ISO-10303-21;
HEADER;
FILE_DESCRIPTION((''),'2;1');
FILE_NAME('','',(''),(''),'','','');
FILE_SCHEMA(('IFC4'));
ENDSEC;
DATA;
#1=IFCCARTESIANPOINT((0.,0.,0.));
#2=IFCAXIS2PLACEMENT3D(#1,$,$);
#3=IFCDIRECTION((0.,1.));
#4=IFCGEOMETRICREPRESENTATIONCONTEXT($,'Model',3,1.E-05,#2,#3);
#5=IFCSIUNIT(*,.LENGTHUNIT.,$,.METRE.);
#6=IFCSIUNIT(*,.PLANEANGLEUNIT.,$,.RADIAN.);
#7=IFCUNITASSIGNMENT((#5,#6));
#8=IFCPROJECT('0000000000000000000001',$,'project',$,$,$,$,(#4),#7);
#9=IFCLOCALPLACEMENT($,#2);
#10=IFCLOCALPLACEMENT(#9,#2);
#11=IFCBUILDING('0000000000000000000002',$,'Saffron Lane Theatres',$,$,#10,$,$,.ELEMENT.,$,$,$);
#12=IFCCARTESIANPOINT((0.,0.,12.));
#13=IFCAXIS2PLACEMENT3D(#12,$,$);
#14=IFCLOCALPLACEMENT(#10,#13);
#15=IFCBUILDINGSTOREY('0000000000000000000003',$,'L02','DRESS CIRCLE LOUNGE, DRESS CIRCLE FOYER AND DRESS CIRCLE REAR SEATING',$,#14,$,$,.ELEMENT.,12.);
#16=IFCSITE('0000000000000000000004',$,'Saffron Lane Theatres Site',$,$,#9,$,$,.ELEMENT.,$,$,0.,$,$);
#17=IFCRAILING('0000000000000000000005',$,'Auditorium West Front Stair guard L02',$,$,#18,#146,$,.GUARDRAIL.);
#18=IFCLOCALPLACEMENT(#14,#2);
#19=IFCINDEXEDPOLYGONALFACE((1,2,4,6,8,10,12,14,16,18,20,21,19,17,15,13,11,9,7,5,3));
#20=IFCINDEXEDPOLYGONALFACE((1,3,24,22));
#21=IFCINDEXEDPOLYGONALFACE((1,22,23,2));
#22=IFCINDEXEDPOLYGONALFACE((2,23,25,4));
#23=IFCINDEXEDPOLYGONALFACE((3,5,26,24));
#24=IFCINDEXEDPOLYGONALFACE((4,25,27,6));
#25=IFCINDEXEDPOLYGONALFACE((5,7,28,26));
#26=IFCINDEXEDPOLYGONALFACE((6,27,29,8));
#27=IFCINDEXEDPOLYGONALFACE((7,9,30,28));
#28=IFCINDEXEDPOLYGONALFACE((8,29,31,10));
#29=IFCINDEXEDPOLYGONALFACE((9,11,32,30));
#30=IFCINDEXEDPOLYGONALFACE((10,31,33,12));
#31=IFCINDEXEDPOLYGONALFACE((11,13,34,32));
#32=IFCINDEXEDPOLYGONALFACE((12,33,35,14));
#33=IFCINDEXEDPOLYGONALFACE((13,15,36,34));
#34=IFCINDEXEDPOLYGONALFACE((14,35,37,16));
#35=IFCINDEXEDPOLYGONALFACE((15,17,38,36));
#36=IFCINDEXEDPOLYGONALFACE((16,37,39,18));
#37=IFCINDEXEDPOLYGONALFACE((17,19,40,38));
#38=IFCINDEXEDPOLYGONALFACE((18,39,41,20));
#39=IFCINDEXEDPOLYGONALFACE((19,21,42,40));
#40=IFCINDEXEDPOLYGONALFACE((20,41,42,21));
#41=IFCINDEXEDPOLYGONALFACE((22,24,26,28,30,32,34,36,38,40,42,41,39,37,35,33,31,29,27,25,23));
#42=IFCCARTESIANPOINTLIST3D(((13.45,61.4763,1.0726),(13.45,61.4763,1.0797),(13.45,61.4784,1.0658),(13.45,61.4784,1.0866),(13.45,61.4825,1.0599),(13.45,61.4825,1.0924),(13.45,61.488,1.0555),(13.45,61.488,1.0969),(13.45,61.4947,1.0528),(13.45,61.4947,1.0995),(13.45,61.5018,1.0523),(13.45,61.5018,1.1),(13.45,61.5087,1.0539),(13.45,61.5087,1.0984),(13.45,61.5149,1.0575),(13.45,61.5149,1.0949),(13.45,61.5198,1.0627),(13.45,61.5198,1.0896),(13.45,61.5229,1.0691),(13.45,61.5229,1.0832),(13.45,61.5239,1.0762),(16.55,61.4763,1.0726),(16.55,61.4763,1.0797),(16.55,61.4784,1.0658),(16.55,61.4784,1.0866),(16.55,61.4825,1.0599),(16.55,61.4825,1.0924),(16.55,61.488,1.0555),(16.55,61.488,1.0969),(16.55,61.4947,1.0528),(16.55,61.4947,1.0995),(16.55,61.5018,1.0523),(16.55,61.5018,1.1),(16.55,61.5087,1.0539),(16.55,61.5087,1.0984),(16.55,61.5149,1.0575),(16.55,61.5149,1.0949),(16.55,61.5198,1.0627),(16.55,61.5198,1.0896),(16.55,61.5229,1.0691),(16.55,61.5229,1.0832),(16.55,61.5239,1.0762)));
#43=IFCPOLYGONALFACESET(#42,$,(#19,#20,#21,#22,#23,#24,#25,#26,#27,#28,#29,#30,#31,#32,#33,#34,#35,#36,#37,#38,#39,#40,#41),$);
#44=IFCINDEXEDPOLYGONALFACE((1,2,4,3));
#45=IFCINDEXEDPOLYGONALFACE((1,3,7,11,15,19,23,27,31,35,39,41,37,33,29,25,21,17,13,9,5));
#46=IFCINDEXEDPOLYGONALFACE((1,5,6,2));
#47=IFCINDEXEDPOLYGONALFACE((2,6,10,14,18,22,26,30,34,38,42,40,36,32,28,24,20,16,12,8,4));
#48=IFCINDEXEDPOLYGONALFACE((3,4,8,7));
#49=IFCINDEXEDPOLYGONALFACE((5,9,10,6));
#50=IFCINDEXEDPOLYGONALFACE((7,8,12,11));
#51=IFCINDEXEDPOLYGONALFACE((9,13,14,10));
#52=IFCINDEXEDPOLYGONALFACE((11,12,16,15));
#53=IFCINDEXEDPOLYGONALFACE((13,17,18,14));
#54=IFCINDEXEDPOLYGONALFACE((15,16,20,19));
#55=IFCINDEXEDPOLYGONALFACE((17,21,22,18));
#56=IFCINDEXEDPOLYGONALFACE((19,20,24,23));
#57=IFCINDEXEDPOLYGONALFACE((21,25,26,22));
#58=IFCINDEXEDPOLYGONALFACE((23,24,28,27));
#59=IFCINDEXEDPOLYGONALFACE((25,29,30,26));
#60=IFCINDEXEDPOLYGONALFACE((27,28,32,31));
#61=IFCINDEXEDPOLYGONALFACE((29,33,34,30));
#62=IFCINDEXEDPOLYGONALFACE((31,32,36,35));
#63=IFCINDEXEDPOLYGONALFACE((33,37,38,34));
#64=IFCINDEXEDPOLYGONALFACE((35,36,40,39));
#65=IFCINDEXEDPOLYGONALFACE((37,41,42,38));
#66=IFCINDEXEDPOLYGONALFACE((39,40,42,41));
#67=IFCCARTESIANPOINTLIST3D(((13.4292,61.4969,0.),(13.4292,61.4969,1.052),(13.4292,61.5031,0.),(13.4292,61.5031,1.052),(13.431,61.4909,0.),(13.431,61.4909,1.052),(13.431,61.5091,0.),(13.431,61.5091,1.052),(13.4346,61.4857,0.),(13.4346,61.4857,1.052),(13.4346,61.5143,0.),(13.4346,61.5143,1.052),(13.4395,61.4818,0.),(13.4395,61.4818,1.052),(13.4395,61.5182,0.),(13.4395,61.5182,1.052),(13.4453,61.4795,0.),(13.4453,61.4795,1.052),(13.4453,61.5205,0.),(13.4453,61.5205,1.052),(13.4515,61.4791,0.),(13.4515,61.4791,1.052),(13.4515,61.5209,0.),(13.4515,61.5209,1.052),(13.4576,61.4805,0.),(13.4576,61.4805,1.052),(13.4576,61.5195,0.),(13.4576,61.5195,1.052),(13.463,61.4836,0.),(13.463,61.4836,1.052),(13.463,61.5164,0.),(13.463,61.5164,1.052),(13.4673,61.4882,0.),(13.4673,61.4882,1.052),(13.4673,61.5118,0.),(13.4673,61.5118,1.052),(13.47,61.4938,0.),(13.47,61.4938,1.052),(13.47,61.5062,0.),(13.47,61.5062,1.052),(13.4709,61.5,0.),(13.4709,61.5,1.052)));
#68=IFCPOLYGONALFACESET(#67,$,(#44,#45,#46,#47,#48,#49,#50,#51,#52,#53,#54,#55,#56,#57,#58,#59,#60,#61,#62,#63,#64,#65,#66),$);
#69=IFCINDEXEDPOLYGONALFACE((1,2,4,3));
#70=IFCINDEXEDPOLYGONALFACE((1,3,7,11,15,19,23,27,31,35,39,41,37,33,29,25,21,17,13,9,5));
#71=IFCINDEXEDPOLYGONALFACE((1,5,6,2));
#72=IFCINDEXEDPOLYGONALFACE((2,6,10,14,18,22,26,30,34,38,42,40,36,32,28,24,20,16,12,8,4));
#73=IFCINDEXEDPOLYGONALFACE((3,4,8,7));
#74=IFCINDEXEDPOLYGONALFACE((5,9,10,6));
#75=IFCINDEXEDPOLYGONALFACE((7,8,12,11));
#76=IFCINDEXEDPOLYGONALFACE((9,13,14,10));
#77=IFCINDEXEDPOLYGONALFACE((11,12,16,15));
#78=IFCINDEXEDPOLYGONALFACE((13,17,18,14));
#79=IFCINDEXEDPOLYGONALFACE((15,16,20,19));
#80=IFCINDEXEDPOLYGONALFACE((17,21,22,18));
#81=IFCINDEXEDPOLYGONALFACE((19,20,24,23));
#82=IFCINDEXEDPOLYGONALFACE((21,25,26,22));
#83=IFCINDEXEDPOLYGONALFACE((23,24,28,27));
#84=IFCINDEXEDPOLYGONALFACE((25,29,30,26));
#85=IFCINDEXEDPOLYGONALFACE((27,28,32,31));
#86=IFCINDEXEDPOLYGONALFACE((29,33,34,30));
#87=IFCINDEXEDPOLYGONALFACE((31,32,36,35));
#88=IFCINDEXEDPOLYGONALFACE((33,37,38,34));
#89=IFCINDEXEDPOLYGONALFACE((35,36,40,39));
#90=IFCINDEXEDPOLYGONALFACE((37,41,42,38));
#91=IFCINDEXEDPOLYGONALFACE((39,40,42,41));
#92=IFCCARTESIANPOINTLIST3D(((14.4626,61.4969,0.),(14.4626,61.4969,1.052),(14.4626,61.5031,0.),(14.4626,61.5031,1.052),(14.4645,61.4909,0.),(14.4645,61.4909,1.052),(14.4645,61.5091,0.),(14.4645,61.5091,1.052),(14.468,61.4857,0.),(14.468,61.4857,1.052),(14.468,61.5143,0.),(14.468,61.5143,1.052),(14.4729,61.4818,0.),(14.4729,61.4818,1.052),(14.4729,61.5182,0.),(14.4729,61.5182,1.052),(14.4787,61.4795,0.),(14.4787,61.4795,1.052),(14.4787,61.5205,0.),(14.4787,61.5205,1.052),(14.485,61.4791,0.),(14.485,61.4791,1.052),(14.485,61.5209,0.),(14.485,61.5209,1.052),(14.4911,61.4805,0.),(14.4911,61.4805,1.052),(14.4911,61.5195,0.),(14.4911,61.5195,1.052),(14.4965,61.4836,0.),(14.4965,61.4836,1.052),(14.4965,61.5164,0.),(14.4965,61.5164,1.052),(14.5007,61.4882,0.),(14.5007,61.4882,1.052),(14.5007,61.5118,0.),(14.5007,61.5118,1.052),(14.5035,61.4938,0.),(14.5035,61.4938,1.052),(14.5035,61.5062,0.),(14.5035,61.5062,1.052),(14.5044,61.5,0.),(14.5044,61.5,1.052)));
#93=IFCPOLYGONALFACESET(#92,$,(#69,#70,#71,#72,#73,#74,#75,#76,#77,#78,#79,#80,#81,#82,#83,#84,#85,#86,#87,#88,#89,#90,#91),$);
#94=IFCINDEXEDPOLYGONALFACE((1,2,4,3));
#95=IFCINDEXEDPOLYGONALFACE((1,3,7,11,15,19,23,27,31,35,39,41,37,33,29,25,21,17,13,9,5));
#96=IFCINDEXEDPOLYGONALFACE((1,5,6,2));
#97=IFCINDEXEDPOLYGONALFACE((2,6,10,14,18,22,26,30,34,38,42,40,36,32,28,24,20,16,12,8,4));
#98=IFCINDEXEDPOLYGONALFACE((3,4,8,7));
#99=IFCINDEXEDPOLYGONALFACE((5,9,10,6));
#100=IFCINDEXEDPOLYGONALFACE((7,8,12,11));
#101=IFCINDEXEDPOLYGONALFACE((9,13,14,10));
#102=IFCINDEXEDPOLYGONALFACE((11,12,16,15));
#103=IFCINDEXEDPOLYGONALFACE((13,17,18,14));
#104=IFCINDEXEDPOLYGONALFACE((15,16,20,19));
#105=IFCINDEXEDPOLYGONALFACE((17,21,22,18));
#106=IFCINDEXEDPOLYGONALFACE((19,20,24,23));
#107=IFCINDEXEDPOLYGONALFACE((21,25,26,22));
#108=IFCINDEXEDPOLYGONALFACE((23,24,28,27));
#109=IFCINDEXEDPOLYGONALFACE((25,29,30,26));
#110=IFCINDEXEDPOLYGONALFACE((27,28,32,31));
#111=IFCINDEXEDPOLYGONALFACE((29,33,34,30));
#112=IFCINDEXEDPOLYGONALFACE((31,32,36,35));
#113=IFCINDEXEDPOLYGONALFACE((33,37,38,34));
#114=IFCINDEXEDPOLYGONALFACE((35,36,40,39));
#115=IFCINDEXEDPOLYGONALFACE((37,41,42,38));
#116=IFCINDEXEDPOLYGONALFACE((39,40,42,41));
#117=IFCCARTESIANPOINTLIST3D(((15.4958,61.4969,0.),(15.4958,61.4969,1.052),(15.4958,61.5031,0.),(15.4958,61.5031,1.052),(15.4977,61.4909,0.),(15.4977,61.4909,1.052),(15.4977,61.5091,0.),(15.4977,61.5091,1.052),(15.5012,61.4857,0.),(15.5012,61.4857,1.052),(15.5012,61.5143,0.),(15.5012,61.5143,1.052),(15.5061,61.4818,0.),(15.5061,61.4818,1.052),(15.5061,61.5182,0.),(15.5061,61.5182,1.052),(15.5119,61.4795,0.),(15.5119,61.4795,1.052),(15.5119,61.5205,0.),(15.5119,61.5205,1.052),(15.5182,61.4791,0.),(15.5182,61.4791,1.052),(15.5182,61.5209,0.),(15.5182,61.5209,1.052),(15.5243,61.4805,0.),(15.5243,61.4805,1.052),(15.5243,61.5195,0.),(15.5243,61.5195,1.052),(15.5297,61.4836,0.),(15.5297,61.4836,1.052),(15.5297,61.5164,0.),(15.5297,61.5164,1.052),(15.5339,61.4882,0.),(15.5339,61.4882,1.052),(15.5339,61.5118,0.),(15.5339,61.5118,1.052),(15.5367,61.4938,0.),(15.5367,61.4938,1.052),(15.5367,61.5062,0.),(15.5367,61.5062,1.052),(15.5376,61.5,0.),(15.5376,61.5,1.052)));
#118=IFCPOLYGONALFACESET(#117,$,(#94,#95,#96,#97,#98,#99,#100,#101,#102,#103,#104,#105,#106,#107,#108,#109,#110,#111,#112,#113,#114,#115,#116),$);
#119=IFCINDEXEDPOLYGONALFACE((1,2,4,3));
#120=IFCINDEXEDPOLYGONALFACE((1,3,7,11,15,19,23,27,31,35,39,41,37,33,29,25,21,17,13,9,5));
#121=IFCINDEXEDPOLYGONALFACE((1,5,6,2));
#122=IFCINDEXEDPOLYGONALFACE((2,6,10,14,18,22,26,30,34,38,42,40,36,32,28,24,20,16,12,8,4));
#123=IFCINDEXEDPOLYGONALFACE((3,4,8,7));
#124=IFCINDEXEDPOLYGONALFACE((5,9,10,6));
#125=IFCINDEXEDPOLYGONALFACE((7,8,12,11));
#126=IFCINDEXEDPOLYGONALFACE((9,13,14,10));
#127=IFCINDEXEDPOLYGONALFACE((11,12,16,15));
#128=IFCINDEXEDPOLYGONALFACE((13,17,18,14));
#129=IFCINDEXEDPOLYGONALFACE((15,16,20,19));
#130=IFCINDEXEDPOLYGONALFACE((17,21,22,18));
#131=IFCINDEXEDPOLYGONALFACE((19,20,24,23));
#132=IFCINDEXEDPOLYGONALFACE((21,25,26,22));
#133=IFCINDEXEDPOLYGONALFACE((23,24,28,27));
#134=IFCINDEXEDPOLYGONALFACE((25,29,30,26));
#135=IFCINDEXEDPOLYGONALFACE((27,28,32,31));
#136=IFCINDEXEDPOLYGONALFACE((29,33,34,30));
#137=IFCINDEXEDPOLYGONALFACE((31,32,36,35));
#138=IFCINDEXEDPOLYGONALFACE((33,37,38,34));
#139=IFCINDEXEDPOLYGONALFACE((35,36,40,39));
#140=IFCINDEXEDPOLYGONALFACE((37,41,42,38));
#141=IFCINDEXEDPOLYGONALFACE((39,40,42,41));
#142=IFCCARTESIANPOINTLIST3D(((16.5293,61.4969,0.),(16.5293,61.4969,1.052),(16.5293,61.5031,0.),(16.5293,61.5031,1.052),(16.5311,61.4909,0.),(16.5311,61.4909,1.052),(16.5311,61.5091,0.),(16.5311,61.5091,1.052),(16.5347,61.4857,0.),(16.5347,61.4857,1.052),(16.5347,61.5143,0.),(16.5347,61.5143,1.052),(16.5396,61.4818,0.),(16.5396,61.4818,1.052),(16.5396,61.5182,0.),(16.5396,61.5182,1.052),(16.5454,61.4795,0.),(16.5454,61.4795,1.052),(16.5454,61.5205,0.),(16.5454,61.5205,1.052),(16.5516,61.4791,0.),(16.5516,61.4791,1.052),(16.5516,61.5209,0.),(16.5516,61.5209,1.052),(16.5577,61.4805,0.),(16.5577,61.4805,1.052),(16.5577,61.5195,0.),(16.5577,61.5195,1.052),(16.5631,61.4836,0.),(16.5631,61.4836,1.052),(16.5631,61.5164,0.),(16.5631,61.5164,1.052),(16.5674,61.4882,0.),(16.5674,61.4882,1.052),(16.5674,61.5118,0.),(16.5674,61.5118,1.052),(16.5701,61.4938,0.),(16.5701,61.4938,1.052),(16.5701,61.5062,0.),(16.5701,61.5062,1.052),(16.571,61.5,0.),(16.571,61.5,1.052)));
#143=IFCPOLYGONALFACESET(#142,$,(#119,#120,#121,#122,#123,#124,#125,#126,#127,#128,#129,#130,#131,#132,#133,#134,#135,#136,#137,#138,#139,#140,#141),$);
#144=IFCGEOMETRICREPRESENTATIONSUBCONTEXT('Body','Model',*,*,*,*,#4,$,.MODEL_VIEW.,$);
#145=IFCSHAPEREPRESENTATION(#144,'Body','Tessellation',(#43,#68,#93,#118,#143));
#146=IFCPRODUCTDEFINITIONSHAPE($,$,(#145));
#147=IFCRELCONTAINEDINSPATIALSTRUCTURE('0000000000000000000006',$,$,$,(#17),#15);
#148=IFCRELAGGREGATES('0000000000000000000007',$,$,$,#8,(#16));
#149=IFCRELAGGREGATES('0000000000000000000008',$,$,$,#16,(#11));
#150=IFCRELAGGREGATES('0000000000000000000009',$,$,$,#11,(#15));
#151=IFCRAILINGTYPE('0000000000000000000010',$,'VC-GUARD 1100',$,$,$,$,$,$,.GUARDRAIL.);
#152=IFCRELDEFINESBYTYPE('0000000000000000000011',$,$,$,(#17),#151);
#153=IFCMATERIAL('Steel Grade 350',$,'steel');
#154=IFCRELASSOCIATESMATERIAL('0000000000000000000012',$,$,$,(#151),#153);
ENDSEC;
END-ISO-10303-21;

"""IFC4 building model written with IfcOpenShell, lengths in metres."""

from ifc_helpers import new_model, si_unit, direction, frame, origin, origin_2d, place, context, subcontext, project, spatial, circle, extrude, material, type_object, element, save


model = new_model("IFC4")

# Units and contexts
model_context = context("Model", 3, precision=1e-05, world=origin(), true_north=direction((0.0, 1.0)))
body_context = subcontext(model_context, "Body", "Model", "MODEL_VIEW")
ifc_project = project(units=[si_unit("LENGTHUNIT", "METRE"), si_unit("PLANEANGLEUNIT", "RADIAN")], contexts=[model_context])

# Site, building, storey
site_placement = place(None, origin())
site = spatial("IfcSite", under=ifc_project, at=site_placement, Name="Saffron Lane Theatres Site", CompositionType="ELEMENT", RefElevation=0.0)
building_placement = place(site_placement, origin())
building = spatial("IfcBuilding", under=site, at=building_placement, Name="Saffron Lane Theatres", CompositionType="ELEMENT")
storey_placement = place(building_placement, frame((0.0, 0.0, 12.0)))
storey = spatial("IfcBuildingStorey", under=building, at=storey_placement, Name="L02", Description="DRESS CIRCLE LOUNGE, DRESS CIRCLE FOYER AND DRESS CIRCLE REAR SEATING", CompositionType="ELEMENT", Elevation=12.0)

# Railing
ifc_material_1 = material(Name="Steel Grade 350", Category="steel")
railing_type_1 = type_object("IfcRailingType", Name="VC-GUARD 1100", PredefinedType="GUARDRAIL", material=ifc_material_1)
railing_1_placement = place(storey_placement, frame((13.45, 61.5, 0.0)))
element("IfcRailing", 1, at=railing_1_placement, inside=storey, type_object=railing_type_1, Name="Auditorium West Front Stair guard L02", PredefinedType="GUARDRAIL", context=body_context, shape_type="SweptSolid", body=[
    extrude(circle(Radius=0.0239, at=origin_2d()), frame((0.0, 0.0, 1.0762), z_axis=(1.0, 0.0, 0.0), x_axis=(0.0, 1.0, 0.0)), (0.0, 0.0, 1.0), 3.1001),
    extrude(circle(Radius=0.021, at=origin_2d()), origin(), (0.0, 0.0, 1.0), 1.052),
    extrude(circle(Radius=0.021, at=origin_2d()), frame((1.0334, 0.0, 0.0)), (0.0, 0.0, 1.0), 1.052),
    extrude(circle(Radius=0.021, at=origin_2d()), frame((2.0667, 0.0, 0.0)), (0.0, 0.0, 1.0), 1.052),
    extrude(circle(Radius=0.021, at=origin_2d()), frame((3.1001, 0.0, 0.0)), (0.0, 0.0, 1.0), 1.052),
])

save(model, "model.ifc")
